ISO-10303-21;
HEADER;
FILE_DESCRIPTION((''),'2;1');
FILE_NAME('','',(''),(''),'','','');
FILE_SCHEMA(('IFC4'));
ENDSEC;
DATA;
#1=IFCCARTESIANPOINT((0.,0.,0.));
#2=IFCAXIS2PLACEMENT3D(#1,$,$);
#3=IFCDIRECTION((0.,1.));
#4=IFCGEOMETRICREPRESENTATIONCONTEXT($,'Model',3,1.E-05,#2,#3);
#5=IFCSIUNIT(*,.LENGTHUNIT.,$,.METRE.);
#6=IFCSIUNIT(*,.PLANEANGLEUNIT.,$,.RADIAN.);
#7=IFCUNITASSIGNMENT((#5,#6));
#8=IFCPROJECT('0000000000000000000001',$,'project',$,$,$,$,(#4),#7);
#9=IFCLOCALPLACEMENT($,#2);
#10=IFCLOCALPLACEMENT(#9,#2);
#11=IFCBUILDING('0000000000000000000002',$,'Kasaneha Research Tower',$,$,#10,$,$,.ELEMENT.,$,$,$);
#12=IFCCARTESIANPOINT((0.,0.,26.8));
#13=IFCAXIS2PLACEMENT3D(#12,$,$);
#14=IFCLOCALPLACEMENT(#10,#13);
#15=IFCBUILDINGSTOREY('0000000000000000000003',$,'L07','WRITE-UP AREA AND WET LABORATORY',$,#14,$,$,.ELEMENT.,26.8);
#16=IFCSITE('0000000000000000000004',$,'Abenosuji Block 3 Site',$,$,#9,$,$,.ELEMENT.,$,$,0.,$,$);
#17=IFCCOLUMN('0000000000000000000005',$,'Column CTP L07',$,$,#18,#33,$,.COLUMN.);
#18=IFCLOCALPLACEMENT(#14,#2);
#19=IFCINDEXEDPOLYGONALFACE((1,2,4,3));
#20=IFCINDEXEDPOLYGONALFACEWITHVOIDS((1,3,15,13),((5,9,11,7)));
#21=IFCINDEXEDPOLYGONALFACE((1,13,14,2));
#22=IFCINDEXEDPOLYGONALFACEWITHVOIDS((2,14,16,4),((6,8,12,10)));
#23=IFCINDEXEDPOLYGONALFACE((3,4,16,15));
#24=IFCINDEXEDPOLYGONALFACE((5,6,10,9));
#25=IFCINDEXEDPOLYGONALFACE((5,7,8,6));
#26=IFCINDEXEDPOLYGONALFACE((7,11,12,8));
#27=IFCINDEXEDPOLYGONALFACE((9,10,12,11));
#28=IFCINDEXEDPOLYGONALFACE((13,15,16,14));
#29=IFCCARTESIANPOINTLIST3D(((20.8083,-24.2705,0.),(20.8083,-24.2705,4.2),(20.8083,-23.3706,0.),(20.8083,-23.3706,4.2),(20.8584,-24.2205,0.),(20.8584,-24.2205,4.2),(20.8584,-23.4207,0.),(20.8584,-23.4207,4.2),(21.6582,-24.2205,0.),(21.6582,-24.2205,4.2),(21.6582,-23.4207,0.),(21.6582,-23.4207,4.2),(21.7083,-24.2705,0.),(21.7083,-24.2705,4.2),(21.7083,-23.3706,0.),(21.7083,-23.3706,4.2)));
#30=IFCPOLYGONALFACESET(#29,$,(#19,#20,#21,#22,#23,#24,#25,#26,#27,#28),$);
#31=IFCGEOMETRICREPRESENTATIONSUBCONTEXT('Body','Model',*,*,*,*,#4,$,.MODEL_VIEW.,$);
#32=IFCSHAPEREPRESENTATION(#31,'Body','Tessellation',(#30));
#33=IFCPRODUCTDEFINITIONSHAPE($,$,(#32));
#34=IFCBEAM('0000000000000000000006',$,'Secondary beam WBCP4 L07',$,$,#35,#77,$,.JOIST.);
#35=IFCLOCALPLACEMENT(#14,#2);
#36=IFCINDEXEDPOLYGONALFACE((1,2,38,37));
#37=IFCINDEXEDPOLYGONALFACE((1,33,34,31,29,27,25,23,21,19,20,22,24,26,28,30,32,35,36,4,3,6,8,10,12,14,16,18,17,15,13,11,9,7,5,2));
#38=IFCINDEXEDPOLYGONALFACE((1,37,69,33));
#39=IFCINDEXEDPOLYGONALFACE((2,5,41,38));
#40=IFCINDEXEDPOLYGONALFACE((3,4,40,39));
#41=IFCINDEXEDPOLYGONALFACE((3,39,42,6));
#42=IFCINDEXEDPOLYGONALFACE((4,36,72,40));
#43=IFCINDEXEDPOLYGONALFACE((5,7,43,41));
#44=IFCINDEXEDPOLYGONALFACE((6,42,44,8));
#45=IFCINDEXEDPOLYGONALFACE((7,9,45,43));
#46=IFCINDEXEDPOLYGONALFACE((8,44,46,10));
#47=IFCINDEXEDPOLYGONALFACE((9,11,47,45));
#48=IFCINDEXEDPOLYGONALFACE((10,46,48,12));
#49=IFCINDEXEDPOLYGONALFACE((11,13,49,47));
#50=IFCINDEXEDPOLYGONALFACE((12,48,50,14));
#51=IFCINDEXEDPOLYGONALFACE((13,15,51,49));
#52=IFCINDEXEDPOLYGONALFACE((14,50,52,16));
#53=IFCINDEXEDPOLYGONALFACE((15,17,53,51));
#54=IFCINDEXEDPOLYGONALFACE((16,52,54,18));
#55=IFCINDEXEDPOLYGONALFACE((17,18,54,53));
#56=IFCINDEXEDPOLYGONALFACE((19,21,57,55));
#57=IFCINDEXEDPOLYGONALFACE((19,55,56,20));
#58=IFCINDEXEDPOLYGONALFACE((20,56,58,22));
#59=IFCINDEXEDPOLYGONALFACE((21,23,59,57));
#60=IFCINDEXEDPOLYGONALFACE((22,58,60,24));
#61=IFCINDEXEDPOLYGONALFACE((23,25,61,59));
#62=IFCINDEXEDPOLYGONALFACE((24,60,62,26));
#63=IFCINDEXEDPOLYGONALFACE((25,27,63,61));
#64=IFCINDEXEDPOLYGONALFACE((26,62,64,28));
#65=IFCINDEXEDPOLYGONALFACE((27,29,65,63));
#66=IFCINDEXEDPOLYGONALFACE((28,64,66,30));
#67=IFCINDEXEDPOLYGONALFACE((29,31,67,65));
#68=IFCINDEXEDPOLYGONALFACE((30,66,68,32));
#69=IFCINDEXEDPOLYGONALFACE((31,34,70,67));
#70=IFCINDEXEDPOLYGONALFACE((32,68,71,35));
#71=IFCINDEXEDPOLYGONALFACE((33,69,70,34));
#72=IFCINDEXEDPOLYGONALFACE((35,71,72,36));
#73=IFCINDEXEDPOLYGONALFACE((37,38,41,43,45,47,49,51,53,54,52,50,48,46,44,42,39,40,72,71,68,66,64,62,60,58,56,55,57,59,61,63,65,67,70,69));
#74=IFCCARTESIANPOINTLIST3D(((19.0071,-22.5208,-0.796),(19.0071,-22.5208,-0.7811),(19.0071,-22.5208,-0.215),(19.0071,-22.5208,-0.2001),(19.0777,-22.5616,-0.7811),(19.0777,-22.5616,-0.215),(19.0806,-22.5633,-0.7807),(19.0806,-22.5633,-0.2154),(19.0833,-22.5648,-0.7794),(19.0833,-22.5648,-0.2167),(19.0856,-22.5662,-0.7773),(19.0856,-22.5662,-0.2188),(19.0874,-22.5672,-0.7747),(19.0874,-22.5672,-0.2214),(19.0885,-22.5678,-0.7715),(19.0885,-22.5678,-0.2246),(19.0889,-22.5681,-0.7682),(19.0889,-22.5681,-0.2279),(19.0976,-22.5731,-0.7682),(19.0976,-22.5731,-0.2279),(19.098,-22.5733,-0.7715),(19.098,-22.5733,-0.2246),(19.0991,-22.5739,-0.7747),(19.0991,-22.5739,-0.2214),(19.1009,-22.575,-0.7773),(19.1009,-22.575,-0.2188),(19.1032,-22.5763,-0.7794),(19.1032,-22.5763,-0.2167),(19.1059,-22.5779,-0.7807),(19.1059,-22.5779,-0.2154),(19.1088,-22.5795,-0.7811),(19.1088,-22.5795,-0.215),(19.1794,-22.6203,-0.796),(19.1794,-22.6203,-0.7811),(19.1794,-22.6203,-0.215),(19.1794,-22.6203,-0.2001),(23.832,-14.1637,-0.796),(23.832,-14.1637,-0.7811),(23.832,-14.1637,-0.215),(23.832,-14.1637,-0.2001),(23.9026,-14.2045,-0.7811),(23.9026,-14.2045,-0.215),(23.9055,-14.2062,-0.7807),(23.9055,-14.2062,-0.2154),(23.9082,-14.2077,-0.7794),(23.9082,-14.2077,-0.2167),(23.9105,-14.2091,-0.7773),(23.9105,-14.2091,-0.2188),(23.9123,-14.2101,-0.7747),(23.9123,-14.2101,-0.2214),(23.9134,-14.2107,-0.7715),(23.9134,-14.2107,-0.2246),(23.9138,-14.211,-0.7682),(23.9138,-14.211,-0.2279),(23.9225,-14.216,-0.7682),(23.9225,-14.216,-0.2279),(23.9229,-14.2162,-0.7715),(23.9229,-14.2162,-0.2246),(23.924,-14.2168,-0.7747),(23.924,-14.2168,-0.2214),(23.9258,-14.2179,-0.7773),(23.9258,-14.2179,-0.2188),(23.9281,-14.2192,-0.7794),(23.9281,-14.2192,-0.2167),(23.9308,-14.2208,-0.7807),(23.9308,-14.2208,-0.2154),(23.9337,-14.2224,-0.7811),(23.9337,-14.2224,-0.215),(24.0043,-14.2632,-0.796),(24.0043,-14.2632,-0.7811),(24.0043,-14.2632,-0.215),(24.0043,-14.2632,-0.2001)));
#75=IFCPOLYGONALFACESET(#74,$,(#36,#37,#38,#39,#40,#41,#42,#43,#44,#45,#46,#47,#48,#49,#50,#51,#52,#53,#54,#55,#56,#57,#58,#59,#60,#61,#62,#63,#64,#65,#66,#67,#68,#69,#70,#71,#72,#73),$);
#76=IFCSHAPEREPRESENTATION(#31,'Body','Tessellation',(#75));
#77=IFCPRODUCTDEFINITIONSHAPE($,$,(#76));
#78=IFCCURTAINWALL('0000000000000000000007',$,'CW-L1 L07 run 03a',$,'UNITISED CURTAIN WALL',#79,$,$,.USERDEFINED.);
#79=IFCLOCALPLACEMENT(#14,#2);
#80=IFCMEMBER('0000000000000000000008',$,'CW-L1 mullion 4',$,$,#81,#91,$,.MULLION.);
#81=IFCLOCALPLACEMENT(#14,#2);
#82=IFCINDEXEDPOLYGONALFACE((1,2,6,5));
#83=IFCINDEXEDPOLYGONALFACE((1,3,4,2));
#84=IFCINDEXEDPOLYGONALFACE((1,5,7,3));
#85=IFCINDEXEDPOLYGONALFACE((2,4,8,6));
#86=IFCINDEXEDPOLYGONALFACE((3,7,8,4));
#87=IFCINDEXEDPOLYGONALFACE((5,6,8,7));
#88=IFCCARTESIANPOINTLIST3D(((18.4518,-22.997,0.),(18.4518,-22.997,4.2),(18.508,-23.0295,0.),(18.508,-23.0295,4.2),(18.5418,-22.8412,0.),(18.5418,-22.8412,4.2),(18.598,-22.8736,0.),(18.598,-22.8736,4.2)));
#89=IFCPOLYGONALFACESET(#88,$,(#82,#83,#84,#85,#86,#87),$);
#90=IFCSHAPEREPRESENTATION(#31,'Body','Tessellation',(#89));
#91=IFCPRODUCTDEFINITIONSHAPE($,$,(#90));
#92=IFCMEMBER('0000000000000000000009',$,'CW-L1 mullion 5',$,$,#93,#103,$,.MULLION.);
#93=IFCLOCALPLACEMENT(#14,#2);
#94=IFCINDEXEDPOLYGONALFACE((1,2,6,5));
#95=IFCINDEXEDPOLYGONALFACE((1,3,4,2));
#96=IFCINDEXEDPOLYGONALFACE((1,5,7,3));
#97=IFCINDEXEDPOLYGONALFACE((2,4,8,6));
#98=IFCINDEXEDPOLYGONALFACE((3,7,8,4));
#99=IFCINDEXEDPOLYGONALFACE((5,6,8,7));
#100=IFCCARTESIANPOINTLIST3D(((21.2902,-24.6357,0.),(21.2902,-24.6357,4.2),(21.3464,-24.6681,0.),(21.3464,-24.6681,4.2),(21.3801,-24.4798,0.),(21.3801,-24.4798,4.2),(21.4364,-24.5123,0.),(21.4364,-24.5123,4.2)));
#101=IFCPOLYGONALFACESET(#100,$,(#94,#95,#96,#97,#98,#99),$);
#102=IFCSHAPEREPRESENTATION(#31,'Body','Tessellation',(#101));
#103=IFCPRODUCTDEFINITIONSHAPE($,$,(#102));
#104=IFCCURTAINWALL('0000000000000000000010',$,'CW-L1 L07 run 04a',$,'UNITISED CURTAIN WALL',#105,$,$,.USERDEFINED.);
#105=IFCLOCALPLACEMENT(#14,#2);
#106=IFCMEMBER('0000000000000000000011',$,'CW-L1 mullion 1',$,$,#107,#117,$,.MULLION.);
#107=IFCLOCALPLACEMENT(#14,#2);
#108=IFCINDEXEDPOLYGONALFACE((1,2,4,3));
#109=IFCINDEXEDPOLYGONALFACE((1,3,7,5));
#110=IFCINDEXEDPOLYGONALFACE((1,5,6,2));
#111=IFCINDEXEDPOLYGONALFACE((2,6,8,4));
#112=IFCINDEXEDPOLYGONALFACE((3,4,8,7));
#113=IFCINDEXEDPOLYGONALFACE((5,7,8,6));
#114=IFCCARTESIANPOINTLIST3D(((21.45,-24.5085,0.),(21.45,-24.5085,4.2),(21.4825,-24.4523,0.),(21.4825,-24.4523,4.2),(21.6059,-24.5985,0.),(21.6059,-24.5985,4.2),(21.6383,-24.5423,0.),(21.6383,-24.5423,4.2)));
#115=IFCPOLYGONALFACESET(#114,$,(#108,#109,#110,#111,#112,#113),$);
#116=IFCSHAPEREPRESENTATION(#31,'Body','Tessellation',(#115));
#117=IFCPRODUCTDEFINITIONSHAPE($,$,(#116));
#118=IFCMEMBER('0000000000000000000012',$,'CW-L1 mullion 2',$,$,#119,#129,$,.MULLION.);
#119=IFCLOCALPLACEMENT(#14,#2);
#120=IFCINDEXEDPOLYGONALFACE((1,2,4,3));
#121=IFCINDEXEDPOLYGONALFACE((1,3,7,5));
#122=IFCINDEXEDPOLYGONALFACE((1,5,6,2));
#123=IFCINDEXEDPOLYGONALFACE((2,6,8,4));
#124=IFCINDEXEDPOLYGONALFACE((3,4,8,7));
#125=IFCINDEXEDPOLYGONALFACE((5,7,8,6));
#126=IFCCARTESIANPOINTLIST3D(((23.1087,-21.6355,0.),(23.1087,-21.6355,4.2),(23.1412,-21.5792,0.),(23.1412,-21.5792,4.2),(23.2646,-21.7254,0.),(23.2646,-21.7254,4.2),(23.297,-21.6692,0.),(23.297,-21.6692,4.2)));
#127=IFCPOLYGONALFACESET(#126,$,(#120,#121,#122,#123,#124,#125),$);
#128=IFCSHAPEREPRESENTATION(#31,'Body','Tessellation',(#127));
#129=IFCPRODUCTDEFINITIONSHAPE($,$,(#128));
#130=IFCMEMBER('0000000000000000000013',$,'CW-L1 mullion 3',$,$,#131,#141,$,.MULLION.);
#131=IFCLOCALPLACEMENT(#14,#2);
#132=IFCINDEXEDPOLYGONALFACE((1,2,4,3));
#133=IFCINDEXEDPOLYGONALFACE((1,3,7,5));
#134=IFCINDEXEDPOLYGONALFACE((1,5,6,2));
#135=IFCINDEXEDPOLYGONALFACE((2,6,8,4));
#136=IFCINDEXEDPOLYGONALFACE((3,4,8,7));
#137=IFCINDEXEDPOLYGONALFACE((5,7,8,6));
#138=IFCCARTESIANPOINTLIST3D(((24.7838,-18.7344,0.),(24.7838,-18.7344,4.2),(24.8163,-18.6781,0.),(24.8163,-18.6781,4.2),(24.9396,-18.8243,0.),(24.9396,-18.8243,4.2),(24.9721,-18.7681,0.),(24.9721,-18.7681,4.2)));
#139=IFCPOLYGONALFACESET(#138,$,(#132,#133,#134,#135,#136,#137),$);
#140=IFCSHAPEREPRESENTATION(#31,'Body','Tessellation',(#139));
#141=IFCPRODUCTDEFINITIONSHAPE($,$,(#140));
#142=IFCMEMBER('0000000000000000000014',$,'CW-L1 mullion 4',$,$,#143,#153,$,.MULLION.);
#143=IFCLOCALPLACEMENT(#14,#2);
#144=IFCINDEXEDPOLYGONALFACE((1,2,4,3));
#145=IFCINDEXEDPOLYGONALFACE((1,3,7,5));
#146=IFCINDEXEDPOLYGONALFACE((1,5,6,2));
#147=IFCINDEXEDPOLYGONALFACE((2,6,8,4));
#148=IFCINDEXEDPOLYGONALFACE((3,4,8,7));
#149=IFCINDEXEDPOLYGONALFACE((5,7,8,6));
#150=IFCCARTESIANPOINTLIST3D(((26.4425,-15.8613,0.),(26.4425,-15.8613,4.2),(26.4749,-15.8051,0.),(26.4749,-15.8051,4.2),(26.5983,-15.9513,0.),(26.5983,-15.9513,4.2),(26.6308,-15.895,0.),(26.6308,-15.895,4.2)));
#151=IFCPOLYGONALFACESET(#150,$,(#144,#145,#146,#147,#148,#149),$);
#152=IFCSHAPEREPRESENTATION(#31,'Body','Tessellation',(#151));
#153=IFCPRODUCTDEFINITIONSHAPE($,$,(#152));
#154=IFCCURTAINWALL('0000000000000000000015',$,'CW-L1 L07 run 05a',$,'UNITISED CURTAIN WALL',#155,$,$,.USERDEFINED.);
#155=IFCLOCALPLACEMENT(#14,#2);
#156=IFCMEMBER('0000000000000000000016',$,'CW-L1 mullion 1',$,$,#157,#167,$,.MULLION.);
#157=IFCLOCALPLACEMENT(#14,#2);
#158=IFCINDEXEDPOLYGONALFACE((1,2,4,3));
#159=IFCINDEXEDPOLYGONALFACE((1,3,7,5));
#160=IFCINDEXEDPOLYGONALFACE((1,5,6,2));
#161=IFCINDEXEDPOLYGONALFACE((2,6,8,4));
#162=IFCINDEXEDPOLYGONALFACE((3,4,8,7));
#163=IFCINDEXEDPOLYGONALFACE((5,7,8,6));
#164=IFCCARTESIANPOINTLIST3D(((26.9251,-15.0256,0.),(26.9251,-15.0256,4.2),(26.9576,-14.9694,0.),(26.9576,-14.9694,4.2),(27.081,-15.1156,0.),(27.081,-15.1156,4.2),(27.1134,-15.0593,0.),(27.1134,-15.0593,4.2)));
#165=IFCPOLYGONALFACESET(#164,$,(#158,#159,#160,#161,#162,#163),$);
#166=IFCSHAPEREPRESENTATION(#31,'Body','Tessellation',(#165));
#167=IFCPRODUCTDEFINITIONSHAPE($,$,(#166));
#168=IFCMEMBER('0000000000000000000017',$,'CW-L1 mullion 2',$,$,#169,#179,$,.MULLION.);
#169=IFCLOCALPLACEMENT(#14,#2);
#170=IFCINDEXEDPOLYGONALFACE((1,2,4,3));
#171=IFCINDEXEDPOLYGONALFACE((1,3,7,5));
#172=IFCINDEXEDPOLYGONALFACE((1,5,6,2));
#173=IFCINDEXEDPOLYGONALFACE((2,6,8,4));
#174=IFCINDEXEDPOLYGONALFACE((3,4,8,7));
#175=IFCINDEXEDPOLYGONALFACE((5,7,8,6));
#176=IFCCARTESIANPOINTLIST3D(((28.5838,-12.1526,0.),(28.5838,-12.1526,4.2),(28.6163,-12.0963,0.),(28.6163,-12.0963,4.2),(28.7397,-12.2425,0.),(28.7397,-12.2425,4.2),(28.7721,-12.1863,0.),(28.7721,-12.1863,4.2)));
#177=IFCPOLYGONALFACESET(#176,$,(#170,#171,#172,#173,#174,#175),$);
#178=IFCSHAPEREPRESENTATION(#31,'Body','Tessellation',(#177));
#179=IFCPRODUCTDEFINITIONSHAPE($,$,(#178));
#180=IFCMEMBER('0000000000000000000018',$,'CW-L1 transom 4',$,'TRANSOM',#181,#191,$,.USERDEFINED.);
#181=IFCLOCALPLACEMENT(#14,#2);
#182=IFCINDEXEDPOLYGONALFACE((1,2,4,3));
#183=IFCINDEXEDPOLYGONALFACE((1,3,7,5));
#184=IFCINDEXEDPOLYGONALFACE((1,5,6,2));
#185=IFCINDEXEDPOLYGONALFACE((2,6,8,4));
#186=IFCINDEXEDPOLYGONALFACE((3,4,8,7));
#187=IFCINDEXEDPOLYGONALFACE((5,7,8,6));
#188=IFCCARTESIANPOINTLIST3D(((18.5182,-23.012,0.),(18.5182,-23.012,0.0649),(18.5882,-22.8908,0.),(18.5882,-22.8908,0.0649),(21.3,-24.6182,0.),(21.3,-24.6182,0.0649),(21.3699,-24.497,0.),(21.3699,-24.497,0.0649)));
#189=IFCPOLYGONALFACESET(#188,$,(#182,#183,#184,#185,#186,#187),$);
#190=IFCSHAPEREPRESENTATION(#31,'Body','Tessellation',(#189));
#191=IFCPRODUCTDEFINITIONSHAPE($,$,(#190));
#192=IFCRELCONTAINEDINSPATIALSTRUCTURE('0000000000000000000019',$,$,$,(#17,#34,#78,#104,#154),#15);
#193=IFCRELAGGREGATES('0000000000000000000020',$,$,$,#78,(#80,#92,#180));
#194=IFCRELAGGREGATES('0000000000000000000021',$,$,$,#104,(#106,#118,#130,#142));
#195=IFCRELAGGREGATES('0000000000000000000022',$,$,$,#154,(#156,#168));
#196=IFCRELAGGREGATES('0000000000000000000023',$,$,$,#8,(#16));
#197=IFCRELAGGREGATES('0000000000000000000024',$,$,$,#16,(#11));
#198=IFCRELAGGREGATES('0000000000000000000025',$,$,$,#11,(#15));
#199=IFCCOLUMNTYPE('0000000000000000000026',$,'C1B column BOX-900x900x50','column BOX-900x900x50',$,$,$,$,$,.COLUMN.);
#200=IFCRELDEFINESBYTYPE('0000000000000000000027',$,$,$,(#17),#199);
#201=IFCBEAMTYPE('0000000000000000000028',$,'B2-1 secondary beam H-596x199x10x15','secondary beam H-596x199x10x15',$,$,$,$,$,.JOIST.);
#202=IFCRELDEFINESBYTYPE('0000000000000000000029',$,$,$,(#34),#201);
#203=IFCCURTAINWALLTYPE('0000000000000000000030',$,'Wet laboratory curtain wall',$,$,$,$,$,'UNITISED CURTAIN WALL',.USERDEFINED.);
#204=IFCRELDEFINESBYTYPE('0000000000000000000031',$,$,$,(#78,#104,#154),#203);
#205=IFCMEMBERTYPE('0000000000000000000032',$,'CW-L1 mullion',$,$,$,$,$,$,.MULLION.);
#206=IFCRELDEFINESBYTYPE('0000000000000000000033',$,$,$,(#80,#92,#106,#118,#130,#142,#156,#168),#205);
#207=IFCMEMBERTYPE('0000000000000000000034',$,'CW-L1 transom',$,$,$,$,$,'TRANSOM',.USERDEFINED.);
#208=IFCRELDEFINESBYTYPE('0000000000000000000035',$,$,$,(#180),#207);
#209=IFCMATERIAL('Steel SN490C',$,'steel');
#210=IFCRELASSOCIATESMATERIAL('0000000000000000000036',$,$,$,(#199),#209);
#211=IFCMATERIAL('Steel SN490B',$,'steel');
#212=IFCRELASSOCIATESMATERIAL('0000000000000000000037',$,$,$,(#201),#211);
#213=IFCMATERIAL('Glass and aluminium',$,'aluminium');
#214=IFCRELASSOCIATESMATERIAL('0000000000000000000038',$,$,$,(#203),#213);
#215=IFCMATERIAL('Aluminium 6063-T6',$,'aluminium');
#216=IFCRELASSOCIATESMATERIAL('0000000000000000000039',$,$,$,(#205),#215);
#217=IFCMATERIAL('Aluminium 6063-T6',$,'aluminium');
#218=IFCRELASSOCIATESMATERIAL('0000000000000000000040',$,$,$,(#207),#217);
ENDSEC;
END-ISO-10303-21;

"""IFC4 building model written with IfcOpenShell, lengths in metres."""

from ifc_helpers import new_model, si_unit, direction, frame, origin, origin_2d, place, context, subcontext, project, spatial, rectangle, hollow_rectangle, i_section, extrude, material, material_profile, profile_set, type_object, element, aggregate, save


model = new_model("IFC4")

# Units and contexts
model_context = context("Model", 3, precision=1e-05, world=origin(), true_north=direction((0.0, 1.0)))
body_context = subcontext(model_context, "Body", "Model", "MODEL_VIEW")
ifc_project = project(units=[si_unit("LENGTHUNIT", "METRE"), si_unit("PLANEANGLEUNIT", "RADIAN")], contexts=[model_context])

# Site, building, storey
site_placement = place(None, origin())
site = spatial("IfcSite", under=ifc_project, at=site_placement, Name="Abenosuji Block 3 Site", CompositionType="ELEMENT", RefElevation=0.0)
building_placement = place(site_placement, origin())
building = spatial("IfcBuilding", under=site, at=building_placement, Name="Kasaneha Research Tower", CompositionType="ELEMENT")
storey_placement = place(building_placement, frame((0.0, 0.0, 26.8)))
storey = spatial("IfcBuildingStorey", under=building, at=storey_placement, Name="L07", Description="WRITE-UP AREA AND WET LABORATORY", CompositionType="ELEMENT", Elevation=26.8)

# Column
ifc_material_1 = material(Name="Steel SN490C", Category="steel")
ifc_material_profile_1 = material_profile(ifc_material_1, hollow_rectangle(XDim=0.8999, YDim=0.8999, WallThickness=0.05, at=origin_2d()), Name="BOX-900x900x50")
ifc_profile_set_1 = profile_set([ifc_material_profile_1], Name="Steel SN490C")
column_type = type_object("IfcColumnType", Name="C1B column BOX-900x900x50", Description="column BOX-900x900x50", PredefinedType="COLUMN", material=ifc_profile_set_1)
column_placement = place(storey_placement, frame((21.2583, -23.8206, 0.0), z_axis=(0.0, 0.0, 1.0), x_axis=(1.0, 0.0, 0.0)))
element("IfcColumn", 1, at=column_placement, inside=storey, type_object=column_type, Name="Column CTP L07", PredefinedType="COLUMN", context=body_context, shape_type="SweptSolid", body=[
    extrude(hollow_rectangle(XDim=0.8999, YDim=0.8999, WallThickness=0.05, at=origin_2d()), origin(), (0.0, 0.0, 1.0), 4.2),
])

# Beam
ifc_material_2 = material(Name="Steel SN490B", Category="steel")
ifc_material_profile_2 = material_profile(ifc_material_2, i_section(OverallWidth=0.199, OverallDepth=0.5959, WebThickness=0.01, FlangeThickness=0.0149, FilletRadius=0.0129, at=origin_2d()), Name="H-596x199x10x15")
ifc_profile_set_2 = profile_set([ifc_material_profile_2], Name="Steel SN490B")
beam_type_1 = type_object("IfcBeamType", Name="B2-1 secondary beam H-596x199x10x15", Description="secondary beam H-596x199x10x15", PredefinedType="JOIST", material=ifc_profile_set_2)
beam_1_placement = place(storey_placement, frame((19.0933, -22.5706, -0.498), z_axis=(0.499995, 0.866028, 0.0), x_axis=(-0.866028, 0.499995, 0.0)))
element("IfcBeam", 2, at=beam_1_placement, inside=storey, type_object=beam_type_1, Name="Secondary beam WBCP4 L07", PredefinedType="JOIST", context=body_context, shape_type="SweptSolid", body=[
    extrude(i_section(OverallWidth=0.199, OverallDepth=0.5959, WebThickness=0.01, FlangeThickness=0.0149, FilletRadius=0.0129, at=origin_2d()), origin(), (0.0, 0.0, 1.0), 9.6499),
])

# Curtain walls, members
ifc_material_3 = material(Name="Glass and aluminium", Category="aluminium")
curtain_wall_type = type_object("IfcCurtainWallType", Name="Wet laboratory curtain wall", ElementType="UNITISED CURTAIN WALL", PredefinedType="USERDEFINED", material=ifc_material_3)
curtain_wall_1_placement = place(storey_placement, origin())
curtain_wall_1 = element("IfcCurtainWall", 3, at=curtain_wall_1_placement, inside=storey, type_object=curtain_wall_type, Name="CW-L1 L07 run 03a", ObjectType="UNITISED CURTAIN WALL", PredefinedType="USERDEFINED")
ifc_material_4 = material(Name="Aluminium 6063-T6", Category="aluminium")
ifc_material_profile_3 = material_profile(ifc_material_4, rectangle(XDim=0.0649, YDim=0.1799, at=origin_2d()), Name="CW-L1 mullion 65x180")
ifc_profile_set_3 = profile_set([ifc_material_profile_3], Name="Aluminium 6063-T6")
member_type_1 = type_object("IfcMemberType", Name="CW-L1 mullion", PredefinedType="MULLION", material=ifc_profile_set_3)
member_1_placement = place(storey_placement, frame((18.5249, -22.9353, 0.0), z_axis=(0.0, 0.0, 1.0), x_axis=(0.866025, -0.5, 0.0)))
member_1 = element("IfcMember", 4, at=member_1_placement, type_object=member_type_1, Name="CW-L1 mullion 4", PredefinedType="MULLION", context=body_context, shape_type="SweptSolid", body=[
    extrude(rectangle(XDim=0.0649, YDim=0.1799, at=origin_2d()), origin(), (0.0, 0.0, 1.0), 4.2),
])
member_2_placement = place(storey_placement, frame((21.3633, -24.574, 0.0), z_axis=(0.0, 0.0, 1.0), x_axis=(0.866025, -0.5, 0.0)))
member_2 = element("IfcMember", 5, at=member_2_placement, type_object=member_type_1, Name="CW-L1 mullion 5", PredefinedType="MULLION", context=body_context, shape_type="SweptSolid", body=[
    extrude(rectangle(XDim=0.0649, YDim=0.1799, at=origin_2d()), origin(), (0.0, 0.0, 1.0), 4.2),
])
curtain_wall_2_placement = place(storey_placement, origin())
curtain_wall_2 = element("IfcCurtainWall", 6, at=curtain_wall_2_placement, inside=storey, type_object=curtain_wall_type, Name="CW-L1 L07 run 04a", ObjectType="UNITISED CURTAIN WALL", PredefinedType="USERDEFINED")
member_3_placement = place(storey_placement, frame((21.5442, -24.5254, 0.0), z_axis=(0.0, 0.0, 1.0), x_axis=(0.5, 0.866025, 0.0)))
member_3 = element("IfcMember", 7, at=member_3_placement, type_object=member_type_1, Name="CW-L1 mullion 1", PredefinedType="MULLION", context=body_context, shape_type="SweptSolid", body=[
    extrude(rectangle(XDim=0.0649, YDim=0.1799, at=origin_2d()), origin(), (0.0, 0.0, 1.0), 4.2),
])
member_4_placement = place(storey_placement, frame((23.2029, -21.6523, 0.0), z_axis=(0.0, 0.0, 1.0), x_axis=(0.5, 0.866025, 0.0)))
member_4 = element("IfcMember", 8, at=member_4_placement, type_object=member_type_1, Name="CW-L1 mullion 2", PredefinedType="MULLION", context=body_context, shape_type="SweptSolid", body=[
    extrude(rectangle(XDim=0.0649, YDim=0.1799, at=origin_2d()), origin(), (0.0, 0.0, 1.0), 4.2),
])
member_5_placement = place(storey_placement, frame((24.8779, -18.7512, 0.0), z_axis=(0.0, 0.0, 1.0), x_axis=(0.5, 0.866025, 0.0)))
member_5 = element("IfcMember", 9, at=member_5_placement, type_object=member_type_1, Name="CW-L1 mullion 3", PredefinedType="MULLION", context=body_context, shape_type="SweptSolid", body=[
    extrude(rectangle(XDim=0.0649, YDim=0.1799, at=origin_2d()), origin(), (0.0, 0.0, 1.0), 4.2),
])
member_6_placement = place(storey_placement, frame((26.5366, -15.8782, 0.0), z_axis=(0.0, 0.0, 1.0), x_axis=(0.5, 0.866025, 0.0)))
member_6 = element("IfcMember", 10, at=member_6_placement, type_object=member_type_1, Name="CW-L1 mullion 4", PredefinedType="MULLION", context=body_context, shape_type="SweptSolid", body=[
    extrude(rectangle(XDim=0.0649, YDim=0.1799, at=origin_2d()), origin(), (0.0, 0.0, 1.0), 4.2),
])
curtain_wall_3_placement = place(storey_placement, origin())
curtain_wall_3 = element("IfcCurtainWall", 11, at=curtain_wall_3_placement, inside=storey, type_object=curtain_wall_type, Name="CW-L1 L07 run 05a", ObjectType="UNITISED CURTAIN WALL", PredefinedType="USERDEFINED")
member_7_placement = place(storey_placement, frame((27.0193, -15.0425, 0.0), z_axis=(0.0, 0.0, 1.0), x_axis=(0.5, 0.866025, 0.0)))
member_7 = element("IfcMember", 12, at=member_7_placement, type_object=member_type_1, Name="CW-L1 mullion 1", PredefinedType="MULLION", context=body_context, shape_type="SweptSolid", body=[
    extrude(rectangle(XDim=0.0649, YDim=0.1799, at=origin_2d()), origin(), (0.0, 0.0, 1.0), 4.2),
])
member_8_placement = place(storey_placement, frame((28.678, -12.1694, 0.0), z_axis=(0.0, 0.0, 1.0), x_axis=(0.5, 0.866025, 0.0)))
member_8 = element("IfcMember", 13, at=member_8_placement, type_object=member_type_1, Name="CW-L1 mullion 2", PredefinedType="MULLION", context=body_context, shape_type="SweptSolid", body=[
    extrude(rectangle(XDim=0.0649, YDim=0.1799, at=origin_2d()), origin(), (0.0, 0.0, 1.0), 4.2),
])

# Member
ifc_material_5 = material(Name="Aluminium 6063-T6", Category="aluminium")
ifc_material_profile_4 = material_profile(ifc_material_5, rectangle(XDim=0.1399, YDim=0.0649, at=origin_2d()), Name="CW-L1 transom 140x65")
ifc_profile_set_4 = profile_set([ifc_material_profile_4], Name="Aluminium 6063-T6")
member_type_2 = type_object("IfcMemberType", Name="CW-L1 transom", ElementType="TRANSOM", PredefinedType="USERDEFINED", material=ifc_profile_set_4)
member_9_placement = place(storey_placement, frame((18.5532, -22.9514, 0.0325), z_axis=(0.866003, -0.500038, 0.0), x_axis=(0.500038, 0.866003, 0.0)))
member_9 = element("IfcMember", 14, at=member_9_placement, type_object=member_type_2, Name="CW-L1 transom 4", ObjectType="TRANSOM", PredefinedType="USERDEFINED", context=body_context, shape_type="SweptSolid", body=[
    extrude(rectangle(XDim=0.1399, YDim=0.0649, at=origin_2d()), origin(), (0.0, 0.0, 1.0), 3.2122),
])

aggregate(curtain_wall_1, [member_1, member_2, member_9])
aggregate(curtain_wall_2, [member_3, member_4, member_5, member_6])
aggregate(curtain_wall_3, [member_7, member_8])

save(model, "model.ifc")
